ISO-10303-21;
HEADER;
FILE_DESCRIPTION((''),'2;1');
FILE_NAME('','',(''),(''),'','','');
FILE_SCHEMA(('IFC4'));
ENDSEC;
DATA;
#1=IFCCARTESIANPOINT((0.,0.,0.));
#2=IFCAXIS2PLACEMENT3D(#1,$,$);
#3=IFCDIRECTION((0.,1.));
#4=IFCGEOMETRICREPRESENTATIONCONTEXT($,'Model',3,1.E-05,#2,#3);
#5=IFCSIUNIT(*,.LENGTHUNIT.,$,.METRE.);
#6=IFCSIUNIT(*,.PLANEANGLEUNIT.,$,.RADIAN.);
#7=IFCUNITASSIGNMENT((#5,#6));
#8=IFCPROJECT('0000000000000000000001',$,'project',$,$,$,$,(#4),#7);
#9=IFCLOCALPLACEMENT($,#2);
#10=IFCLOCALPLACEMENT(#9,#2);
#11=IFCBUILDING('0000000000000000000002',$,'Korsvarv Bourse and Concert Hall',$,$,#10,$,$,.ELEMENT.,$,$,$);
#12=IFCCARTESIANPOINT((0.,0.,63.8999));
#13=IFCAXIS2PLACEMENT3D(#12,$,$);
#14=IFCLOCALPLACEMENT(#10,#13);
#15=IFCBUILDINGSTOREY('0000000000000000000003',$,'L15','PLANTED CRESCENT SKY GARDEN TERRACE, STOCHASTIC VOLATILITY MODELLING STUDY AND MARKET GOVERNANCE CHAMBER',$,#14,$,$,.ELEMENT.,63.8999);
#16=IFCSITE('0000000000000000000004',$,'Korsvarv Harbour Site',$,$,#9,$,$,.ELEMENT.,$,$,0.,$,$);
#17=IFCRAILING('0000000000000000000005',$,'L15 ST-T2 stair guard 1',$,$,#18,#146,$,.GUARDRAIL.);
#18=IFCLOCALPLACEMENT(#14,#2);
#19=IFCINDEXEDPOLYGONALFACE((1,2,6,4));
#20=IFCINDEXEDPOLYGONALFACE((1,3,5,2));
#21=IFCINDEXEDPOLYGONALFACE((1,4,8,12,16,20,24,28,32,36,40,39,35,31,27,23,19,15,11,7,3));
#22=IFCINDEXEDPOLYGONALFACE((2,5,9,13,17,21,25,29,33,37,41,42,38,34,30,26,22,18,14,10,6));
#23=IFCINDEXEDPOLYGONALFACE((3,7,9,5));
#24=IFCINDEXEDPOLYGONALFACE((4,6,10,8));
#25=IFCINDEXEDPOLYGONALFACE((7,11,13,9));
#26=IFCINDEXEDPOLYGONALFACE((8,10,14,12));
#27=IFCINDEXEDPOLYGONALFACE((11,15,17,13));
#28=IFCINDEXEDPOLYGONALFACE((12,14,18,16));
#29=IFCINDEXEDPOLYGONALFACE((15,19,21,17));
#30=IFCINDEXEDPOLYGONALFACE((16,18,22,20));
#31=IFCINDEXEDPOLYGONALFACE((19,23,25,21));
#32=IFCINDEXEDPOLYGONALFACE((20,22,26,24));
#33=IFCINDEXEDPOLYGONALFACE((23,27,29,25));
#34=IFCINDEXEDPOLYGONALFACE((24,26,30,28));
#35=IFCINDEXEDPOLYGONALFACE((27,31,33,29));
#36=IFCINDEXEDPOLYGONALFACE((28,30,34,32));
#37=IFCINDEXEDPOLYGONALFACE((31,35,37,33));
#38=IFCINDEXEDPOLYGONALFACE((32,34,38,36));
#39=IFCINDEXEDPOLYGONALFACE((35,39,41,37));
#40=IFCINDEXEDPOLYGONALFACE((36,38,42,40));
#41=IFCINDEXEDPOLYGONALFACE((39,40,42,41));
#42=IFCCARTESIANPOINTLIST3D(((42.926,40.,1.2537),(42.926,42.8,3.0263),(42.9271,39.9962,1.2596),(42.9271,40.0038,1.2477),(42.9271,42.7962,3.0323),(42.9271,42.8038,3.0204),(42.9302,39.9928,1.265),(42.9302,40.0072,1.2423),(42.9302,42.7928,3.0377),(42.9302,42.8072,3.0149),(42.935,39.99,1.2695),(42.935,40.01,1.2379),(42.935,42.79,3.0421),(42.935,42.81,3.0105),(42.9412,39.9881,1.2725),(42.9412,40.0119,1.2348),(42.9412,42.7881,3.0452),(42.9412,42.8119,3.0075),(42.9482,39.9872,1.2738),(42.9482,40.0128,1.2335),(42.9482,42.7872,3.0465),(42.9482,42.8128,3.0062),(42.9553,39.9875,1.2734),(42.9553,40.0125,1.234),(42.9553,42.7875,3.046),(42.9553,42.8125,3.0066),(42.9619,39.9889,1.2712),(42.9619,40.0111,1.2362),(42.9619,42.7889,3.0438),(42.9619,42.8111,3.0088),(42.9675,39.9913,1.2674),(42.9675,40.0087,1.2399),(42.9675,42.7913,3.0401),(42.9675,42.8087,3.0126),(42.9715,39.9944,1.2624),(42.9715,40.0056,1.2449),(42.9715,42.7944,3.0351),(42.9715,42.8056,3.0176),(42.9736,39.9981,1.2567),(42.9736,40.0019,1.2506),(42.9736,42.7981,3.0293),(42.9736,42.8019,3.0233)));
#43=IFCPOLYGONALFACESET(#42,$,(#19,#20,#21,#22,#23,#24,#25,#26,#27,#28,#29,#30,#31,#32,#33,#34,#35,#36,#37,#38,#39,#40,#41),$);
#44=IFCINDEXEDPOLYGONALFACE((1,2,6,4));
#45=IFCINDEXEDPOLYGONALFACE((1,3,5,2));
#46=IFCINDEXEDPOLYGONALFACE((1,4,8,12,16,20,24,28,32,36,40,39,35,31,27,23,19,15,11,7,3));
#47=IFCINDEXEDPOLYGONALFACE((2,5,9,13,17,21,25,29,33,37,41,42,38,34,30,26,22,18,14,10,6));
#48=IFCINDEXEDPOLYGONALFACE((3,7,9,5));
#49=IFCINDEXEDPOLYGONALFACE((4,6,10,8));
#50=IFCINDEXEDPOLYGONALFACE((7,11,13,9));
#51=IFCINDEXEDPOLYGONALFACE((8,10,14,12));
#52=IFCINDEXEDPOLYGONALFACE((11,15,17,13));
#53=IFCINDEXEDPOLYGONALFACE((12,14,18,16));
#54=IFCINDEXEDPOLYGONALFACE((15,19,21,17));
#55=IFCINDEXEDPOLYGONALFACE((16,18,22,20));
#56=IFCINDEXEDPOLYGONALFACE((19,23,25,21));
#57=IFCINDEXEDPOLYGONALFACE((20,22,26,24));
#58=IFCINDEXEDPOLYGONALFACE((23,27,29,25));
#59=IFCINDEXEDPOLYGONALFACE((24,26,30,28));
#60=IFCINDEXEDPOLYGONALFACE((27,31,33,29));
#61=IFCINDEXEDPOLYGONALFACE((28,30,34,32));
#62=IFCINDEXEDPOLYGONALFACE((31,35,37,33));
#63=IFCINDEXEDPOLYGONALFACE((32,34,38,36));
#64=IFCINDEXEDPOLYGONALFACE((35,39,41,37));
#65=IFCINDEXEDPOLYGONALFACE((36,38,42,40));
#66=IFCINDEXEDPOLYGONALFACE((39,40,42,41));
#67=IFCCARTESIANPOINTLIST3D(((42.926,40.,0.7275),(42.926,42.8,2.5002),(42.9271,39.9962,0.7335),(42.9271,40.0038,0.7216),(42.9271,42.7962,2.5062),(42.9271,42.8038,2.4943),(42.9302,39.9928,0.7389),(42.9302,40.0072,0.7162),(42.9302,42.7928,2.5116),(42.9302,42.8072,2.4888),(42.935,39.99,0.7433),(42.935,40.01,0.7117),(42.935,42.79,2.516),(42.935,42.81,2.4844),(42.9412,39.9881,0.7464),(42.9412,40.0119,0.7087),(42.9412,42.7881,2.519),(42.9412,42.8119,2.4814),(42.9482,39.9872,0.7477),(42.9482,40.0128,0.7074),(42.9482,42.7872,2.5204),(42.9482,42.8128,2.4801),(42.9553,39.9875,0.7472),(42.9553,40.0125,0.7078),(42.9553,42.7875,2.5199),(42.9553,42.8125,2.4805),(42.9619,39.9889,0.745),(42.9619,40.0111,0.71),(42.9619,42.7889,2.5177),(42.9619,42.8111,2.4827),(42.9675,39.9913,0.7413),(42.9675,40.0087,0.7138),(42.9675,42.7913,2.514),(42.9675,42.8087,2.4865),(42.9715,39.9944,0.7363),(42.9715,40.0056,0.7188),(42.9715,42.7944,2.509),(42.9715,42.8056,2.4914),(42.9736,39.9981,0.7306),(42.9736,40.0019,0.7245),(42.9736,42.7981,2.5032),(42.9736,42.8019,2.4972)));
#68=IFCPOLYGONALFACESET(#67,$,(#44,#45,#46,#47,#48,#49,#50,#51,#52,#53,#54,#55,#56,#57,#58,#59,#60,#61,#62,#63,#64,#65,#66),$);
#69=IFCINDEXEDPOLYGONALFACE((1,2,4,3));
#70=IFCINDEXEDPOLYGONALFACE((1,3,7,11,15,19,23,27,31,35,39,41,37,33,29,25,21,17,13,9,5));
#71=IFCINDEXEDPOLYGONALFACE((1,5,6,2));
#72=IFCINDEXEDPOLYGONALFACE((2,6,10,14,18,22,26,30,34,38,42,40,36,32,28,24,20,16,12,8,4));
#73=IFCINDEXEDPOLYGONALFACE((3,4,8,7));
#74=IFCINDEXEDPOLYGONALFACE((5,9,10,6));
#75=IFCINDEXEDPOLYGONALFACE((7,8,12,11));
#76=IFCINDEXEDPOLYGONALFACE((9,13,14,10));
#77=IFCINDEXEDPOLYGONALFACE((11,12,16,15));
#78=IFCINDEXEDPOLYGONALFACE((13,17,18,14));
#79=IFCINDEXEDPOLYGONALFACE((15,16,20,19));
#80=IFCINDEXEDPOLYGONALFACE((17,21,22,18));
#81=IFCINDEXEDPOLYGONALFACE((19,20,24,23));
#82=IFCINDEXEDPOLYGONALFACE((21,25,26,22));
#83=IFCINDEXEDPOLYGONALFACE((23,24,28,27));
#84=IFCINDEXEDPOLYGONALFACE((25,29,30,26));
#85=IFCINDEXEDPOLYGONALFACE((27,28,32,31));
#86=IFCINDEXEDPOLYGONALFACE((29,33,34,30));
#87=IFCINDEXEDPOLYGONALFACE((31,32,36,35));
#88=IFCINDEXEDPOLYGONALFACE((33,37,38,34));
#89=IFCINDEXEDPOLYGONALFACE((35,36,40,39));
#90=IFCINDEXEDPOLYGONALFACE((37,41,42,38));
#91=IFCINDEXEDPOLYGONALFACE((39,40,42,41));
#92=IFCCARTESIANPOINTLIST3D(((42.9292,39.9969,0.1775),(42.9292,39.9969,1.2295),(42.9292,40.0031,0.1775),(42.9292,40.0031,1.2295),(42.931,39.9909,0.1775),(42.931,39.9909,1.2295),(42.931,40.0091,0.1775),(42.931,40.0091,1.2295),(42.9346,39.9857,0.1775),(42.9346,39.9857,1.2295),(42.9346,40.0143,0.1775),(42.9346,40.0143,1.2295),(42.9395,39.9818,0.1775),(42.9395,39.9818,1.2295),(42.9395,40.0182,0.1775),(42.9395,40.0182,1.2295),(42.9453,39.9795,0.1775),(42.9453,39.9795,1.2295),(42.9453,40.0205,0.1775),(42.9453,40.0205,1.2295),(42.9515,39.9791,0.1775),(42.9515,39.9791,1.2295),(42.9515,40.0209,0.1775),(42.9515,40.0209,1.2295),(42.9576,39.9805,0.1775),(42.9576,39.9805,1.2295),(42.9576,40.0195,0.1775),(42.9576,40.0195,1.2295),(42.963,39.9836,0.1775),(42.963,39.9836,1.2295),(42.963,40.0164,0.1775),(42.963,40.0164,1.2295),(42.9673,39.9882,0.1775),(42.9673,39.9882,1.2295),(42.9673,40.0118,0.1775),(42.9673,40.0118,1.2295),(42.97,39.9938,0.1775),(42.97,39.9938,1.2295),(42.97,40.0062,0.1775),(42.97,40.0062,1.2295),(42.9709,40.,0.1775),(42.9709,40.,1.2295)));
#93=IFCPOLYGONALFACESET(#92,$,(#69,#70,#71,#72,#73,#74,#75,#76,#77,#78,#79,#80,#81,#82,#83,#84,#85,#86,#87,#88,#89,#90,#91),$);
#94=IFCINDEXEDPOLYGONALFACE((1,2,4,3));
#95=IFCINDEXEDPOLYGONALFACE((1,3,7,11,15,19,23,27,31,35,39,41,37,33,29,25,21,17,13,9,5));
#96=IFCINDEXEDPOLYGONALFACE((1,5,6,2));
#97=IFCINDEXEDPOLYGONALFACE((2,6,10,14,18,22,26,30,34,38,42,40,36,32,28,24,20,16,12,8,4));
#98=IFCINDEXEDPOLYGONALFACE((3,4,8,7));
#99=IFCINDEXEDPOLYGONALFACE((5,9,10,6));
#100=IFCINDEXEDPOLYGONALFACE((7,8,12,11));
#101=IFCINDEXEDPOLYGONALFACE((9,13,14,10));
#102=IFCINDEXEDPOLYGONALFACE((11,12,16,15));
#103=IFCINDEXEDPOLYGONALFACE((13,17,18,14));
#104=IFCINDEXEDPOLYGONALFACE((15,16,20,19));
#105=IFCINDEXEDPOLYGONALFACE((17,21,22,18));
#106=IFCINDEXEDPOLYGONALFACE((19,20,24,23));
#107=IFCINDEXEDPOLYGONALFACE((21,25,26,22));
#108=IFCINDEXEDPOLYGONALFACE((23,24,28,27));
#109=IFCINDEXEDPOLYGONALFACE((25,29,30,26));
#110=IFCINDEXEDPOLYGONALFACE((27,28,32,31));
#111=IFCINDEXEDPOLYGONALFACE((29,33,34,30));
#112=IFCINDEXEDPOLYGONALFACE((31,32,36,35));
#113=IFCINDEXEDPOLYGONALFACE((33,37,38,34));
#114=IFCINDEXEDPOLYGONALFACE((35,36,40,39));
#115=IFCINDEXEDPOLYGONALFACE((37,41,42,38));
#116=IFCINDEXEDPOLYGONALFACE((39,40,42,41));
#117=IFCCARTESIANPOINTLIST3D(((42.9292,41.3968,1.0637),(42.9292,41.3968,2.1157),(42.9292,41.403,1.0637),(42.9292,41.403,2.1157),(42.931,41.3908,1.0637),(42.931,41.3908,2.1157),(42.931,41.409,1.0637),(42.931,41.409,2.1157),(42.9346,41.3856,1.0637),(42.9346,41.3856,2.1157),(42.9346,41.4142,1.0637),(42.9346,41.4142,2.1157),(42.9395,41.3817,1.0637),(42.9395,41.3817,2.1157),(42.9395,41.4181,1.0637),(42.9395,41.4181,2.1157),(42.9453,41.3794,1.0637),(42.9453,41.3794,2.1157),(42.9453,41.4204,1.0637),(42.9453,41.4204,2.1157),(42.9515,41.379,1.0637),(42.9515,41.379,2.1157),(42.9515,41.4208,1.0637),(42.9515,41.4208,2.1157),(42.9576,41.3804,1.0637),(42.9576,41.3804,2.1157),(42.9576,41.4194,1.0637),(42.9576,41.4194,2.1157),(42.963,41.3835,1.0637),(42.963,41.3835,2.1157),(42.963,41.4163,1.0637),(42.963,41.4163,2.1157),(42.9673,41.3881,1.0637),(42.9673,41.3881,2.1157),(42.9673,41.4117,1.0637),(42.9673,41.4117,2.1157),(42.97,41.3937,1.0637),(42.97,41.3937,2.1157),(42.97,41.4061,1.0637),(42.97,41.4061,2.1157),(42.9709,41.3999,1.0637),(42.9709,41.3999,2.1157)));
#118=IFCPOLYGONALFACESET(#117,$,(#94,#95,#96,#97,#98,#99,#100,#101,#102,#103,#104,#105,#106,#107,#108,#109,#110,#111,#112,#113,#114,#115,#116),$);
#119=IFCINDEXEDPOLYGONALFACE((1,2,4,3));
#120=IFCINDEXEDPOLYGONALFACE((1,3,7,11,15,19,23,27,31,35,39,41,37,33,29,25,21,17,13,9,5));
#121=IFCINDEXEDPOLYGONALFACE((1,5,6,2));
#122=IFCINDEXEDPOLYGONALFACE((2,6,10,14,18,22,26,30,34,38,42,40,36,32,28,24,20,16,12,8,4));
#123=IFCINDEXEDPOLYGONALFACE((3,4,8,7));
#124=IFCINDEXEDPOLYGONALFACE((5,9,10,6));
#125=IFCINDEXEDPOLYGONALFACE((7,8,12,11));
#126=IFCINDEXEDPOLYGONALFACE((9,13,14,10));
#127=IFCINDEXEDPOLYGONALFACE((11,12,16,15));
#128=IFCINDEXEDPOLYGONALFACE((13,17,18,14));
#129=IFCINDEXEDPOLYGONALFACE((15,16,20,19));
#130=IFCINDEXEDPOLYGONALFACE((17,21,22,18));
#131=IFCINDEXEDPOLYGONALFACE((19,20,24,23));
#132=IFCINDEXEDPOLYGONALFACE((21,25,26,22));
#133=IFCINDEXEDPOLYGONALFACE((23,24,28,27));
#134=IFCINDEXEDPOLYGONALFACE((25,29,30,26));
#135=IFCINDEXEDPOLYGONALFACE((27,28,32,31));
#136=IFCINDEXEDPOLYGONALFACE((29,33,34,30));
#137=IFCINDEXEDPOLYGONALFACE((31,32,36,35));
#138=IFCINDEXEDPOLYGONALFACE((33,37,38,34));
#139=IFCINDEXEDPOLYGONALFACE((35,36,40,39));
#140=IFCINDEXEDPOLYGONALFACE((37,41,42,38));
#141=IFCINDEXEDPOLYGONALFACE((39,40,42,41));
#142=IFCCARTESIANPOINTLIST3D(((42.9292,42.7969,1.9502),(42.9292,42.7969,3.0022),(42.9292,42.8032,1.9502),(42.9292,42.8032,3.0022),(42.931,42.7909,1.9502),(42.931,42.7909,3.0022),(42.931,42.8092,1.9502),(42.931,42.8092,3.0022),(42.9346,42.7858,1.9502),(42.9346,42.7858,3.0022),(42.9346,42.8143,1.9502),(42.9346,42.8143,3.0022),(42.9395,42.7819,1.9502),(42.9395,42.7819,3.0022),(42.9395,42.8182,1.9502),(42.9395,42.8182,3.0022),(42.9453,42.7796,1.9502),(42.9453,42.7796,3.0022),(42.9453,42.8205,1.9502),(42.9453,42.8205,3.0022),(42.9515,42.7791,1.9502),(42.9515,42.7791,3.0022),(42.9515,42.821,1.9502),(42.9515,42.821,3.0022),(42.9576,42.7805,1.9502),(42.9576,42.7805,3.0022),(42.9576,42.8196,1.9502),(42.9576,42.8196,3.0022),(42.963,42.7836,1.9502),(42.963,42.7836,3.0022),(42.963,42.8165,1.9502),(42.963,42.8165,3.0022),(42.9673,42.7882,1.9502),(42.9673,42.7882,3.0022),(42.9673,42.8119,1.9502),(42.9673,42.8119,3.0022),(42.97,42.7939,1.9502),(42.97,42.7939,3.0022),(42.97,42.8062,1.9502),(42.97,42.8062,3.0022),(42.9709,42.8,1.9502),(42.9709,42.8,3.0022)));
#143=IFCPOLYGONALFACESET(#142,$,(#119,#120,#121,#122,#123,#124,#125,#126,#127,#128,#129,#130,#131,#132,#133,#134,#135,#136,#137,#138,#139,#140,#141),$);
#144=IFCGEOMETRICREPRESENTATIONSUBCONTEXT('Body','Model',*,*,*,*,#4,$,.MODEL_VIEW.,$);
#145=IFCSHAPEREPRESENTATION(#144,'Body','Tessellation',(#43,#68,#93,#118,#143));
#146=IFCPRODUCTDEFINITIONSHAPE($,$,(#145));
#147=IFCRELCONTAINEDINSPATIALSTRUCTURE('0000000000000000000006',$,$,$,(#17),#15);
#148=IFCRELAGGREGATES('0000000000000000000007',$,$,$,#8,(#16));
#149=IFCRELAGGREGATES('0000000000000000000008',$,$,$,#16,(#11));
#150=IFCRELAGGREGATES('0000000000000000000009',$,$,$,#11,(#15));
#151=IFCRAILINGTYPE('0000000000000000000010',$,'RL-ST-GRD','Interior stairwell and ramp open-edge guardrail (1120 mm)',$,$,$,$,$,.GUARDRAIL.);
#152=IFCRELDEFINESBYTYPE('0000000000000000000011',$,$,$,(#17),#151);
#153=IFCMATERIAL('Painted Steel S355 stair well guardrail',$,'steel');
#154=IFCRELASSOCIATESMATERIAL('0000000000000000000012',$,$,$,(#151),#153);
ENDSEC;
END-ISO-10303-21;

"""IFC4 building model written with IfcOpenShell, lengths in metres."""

from ifc_helpers import new_model, si_unit, direction, frame, origin, origin_2d, place, context, subcontext, project, spatial, circle, extrude, material, type_object, element, save


model = new_model("IFC4")

# Units and contexts
model_context = context("Model", 3, precision=1e-05, world=origin(), true_north=direction((0.0, 1.0)))
body_context = subcontext(model_context, "Body", "Model", "MODEL_VIEW")
ifc_project = project(units=[si_unit("LENGTHUNIT", "METRE"), si_unit("PLANEANGLEUNIT", "RADIAN")], contexts=[model_context])

# Site, building, storey
site_placement = place(None, origin())
site = spatial("IfcSite", under=ifc_project, at=site_placement, Name="Korsvarv Harbour Site", CompositionType="ELEMENT", RefElevation=0.0)
building_placement = place(site_placement, origin())
building = spatial("IfcBuilding", under=site, at=building_placement, Name="Korsvarv Bourse and Concert Hall", CompositionType="ELEMENT")
storey_placement = place(building_placement, frame((0.0, 0.0, 63.8999)))
storey = spatial("IfcBuildingStorey", under=building, at=storey_placement, Name="L15", Description="PLANTED CRESCENT SKY GARDEN TERRACE, STOCHASTIC VOLATILITY MODELLING STUDY AND MARKET GOVERNANCE CHAMBER", CompositionType="ELEMENT", Elevation=63.8999)

# Railing
ifc_material_1 = material(Name="Painted Steel S355 stair well guardrail", Category="steel")
railing_type_1 = type_object("IfcRailingType", Name="RL-ST-GRD", Description="Interior stairwell and ramp open-edge guardrail (1120 mm)", PredefinedType="GUARDRAIL", material=ifc_material_1)
railing_1_placement = place(storey_placement, frame((42.95, 40.0, 0.1775)))
element("IfcRailing", 1, at=railing_1_placement, inside=storey, type_object=railing_type_1, Name="L15 ST-T2 stair guard 1", PredefinedType="GUARDRAIL", context=body_context, shape_type="SweptSolid", body=[
    extrude(circle(Radius=0.0239, at=origin_2d()), frame((0.0, 0.0, 1.0762), z_axis=(0.0, 0.844909, 0.53491), x_axis=(-1.0, 0.0, 0.0)), (0.0, 0.0, 1.0), 3.314),
    extrude(circle(Radius=0.0239, at=origin_2d()), frame((0.0, 0.0, 0.55), z_axis=(0.0, 0.844909, 0.53491), x_axis=(-1.0, 0.0, 0.0)), (0.0, 0.0, 1.0), 3.314),
    extrude(circle(Radius=0.021, at=origin_2d()), origin(), (0.0, 0.0, 1.0), 1.052),
    extrude(circle(Radius=0.021, at=origin_2d()), frame((0.0, 1.3999, 0.8862)), (0.0, 0.0, 1.0), 1.052),
    extrude(circle(Radius=0.021, at=origin_2d()), frame((0.0, 2.8, 1.7727)), (0.0, 0.0, 1.0), 1.052),
])

save(model, "model.ifc")
